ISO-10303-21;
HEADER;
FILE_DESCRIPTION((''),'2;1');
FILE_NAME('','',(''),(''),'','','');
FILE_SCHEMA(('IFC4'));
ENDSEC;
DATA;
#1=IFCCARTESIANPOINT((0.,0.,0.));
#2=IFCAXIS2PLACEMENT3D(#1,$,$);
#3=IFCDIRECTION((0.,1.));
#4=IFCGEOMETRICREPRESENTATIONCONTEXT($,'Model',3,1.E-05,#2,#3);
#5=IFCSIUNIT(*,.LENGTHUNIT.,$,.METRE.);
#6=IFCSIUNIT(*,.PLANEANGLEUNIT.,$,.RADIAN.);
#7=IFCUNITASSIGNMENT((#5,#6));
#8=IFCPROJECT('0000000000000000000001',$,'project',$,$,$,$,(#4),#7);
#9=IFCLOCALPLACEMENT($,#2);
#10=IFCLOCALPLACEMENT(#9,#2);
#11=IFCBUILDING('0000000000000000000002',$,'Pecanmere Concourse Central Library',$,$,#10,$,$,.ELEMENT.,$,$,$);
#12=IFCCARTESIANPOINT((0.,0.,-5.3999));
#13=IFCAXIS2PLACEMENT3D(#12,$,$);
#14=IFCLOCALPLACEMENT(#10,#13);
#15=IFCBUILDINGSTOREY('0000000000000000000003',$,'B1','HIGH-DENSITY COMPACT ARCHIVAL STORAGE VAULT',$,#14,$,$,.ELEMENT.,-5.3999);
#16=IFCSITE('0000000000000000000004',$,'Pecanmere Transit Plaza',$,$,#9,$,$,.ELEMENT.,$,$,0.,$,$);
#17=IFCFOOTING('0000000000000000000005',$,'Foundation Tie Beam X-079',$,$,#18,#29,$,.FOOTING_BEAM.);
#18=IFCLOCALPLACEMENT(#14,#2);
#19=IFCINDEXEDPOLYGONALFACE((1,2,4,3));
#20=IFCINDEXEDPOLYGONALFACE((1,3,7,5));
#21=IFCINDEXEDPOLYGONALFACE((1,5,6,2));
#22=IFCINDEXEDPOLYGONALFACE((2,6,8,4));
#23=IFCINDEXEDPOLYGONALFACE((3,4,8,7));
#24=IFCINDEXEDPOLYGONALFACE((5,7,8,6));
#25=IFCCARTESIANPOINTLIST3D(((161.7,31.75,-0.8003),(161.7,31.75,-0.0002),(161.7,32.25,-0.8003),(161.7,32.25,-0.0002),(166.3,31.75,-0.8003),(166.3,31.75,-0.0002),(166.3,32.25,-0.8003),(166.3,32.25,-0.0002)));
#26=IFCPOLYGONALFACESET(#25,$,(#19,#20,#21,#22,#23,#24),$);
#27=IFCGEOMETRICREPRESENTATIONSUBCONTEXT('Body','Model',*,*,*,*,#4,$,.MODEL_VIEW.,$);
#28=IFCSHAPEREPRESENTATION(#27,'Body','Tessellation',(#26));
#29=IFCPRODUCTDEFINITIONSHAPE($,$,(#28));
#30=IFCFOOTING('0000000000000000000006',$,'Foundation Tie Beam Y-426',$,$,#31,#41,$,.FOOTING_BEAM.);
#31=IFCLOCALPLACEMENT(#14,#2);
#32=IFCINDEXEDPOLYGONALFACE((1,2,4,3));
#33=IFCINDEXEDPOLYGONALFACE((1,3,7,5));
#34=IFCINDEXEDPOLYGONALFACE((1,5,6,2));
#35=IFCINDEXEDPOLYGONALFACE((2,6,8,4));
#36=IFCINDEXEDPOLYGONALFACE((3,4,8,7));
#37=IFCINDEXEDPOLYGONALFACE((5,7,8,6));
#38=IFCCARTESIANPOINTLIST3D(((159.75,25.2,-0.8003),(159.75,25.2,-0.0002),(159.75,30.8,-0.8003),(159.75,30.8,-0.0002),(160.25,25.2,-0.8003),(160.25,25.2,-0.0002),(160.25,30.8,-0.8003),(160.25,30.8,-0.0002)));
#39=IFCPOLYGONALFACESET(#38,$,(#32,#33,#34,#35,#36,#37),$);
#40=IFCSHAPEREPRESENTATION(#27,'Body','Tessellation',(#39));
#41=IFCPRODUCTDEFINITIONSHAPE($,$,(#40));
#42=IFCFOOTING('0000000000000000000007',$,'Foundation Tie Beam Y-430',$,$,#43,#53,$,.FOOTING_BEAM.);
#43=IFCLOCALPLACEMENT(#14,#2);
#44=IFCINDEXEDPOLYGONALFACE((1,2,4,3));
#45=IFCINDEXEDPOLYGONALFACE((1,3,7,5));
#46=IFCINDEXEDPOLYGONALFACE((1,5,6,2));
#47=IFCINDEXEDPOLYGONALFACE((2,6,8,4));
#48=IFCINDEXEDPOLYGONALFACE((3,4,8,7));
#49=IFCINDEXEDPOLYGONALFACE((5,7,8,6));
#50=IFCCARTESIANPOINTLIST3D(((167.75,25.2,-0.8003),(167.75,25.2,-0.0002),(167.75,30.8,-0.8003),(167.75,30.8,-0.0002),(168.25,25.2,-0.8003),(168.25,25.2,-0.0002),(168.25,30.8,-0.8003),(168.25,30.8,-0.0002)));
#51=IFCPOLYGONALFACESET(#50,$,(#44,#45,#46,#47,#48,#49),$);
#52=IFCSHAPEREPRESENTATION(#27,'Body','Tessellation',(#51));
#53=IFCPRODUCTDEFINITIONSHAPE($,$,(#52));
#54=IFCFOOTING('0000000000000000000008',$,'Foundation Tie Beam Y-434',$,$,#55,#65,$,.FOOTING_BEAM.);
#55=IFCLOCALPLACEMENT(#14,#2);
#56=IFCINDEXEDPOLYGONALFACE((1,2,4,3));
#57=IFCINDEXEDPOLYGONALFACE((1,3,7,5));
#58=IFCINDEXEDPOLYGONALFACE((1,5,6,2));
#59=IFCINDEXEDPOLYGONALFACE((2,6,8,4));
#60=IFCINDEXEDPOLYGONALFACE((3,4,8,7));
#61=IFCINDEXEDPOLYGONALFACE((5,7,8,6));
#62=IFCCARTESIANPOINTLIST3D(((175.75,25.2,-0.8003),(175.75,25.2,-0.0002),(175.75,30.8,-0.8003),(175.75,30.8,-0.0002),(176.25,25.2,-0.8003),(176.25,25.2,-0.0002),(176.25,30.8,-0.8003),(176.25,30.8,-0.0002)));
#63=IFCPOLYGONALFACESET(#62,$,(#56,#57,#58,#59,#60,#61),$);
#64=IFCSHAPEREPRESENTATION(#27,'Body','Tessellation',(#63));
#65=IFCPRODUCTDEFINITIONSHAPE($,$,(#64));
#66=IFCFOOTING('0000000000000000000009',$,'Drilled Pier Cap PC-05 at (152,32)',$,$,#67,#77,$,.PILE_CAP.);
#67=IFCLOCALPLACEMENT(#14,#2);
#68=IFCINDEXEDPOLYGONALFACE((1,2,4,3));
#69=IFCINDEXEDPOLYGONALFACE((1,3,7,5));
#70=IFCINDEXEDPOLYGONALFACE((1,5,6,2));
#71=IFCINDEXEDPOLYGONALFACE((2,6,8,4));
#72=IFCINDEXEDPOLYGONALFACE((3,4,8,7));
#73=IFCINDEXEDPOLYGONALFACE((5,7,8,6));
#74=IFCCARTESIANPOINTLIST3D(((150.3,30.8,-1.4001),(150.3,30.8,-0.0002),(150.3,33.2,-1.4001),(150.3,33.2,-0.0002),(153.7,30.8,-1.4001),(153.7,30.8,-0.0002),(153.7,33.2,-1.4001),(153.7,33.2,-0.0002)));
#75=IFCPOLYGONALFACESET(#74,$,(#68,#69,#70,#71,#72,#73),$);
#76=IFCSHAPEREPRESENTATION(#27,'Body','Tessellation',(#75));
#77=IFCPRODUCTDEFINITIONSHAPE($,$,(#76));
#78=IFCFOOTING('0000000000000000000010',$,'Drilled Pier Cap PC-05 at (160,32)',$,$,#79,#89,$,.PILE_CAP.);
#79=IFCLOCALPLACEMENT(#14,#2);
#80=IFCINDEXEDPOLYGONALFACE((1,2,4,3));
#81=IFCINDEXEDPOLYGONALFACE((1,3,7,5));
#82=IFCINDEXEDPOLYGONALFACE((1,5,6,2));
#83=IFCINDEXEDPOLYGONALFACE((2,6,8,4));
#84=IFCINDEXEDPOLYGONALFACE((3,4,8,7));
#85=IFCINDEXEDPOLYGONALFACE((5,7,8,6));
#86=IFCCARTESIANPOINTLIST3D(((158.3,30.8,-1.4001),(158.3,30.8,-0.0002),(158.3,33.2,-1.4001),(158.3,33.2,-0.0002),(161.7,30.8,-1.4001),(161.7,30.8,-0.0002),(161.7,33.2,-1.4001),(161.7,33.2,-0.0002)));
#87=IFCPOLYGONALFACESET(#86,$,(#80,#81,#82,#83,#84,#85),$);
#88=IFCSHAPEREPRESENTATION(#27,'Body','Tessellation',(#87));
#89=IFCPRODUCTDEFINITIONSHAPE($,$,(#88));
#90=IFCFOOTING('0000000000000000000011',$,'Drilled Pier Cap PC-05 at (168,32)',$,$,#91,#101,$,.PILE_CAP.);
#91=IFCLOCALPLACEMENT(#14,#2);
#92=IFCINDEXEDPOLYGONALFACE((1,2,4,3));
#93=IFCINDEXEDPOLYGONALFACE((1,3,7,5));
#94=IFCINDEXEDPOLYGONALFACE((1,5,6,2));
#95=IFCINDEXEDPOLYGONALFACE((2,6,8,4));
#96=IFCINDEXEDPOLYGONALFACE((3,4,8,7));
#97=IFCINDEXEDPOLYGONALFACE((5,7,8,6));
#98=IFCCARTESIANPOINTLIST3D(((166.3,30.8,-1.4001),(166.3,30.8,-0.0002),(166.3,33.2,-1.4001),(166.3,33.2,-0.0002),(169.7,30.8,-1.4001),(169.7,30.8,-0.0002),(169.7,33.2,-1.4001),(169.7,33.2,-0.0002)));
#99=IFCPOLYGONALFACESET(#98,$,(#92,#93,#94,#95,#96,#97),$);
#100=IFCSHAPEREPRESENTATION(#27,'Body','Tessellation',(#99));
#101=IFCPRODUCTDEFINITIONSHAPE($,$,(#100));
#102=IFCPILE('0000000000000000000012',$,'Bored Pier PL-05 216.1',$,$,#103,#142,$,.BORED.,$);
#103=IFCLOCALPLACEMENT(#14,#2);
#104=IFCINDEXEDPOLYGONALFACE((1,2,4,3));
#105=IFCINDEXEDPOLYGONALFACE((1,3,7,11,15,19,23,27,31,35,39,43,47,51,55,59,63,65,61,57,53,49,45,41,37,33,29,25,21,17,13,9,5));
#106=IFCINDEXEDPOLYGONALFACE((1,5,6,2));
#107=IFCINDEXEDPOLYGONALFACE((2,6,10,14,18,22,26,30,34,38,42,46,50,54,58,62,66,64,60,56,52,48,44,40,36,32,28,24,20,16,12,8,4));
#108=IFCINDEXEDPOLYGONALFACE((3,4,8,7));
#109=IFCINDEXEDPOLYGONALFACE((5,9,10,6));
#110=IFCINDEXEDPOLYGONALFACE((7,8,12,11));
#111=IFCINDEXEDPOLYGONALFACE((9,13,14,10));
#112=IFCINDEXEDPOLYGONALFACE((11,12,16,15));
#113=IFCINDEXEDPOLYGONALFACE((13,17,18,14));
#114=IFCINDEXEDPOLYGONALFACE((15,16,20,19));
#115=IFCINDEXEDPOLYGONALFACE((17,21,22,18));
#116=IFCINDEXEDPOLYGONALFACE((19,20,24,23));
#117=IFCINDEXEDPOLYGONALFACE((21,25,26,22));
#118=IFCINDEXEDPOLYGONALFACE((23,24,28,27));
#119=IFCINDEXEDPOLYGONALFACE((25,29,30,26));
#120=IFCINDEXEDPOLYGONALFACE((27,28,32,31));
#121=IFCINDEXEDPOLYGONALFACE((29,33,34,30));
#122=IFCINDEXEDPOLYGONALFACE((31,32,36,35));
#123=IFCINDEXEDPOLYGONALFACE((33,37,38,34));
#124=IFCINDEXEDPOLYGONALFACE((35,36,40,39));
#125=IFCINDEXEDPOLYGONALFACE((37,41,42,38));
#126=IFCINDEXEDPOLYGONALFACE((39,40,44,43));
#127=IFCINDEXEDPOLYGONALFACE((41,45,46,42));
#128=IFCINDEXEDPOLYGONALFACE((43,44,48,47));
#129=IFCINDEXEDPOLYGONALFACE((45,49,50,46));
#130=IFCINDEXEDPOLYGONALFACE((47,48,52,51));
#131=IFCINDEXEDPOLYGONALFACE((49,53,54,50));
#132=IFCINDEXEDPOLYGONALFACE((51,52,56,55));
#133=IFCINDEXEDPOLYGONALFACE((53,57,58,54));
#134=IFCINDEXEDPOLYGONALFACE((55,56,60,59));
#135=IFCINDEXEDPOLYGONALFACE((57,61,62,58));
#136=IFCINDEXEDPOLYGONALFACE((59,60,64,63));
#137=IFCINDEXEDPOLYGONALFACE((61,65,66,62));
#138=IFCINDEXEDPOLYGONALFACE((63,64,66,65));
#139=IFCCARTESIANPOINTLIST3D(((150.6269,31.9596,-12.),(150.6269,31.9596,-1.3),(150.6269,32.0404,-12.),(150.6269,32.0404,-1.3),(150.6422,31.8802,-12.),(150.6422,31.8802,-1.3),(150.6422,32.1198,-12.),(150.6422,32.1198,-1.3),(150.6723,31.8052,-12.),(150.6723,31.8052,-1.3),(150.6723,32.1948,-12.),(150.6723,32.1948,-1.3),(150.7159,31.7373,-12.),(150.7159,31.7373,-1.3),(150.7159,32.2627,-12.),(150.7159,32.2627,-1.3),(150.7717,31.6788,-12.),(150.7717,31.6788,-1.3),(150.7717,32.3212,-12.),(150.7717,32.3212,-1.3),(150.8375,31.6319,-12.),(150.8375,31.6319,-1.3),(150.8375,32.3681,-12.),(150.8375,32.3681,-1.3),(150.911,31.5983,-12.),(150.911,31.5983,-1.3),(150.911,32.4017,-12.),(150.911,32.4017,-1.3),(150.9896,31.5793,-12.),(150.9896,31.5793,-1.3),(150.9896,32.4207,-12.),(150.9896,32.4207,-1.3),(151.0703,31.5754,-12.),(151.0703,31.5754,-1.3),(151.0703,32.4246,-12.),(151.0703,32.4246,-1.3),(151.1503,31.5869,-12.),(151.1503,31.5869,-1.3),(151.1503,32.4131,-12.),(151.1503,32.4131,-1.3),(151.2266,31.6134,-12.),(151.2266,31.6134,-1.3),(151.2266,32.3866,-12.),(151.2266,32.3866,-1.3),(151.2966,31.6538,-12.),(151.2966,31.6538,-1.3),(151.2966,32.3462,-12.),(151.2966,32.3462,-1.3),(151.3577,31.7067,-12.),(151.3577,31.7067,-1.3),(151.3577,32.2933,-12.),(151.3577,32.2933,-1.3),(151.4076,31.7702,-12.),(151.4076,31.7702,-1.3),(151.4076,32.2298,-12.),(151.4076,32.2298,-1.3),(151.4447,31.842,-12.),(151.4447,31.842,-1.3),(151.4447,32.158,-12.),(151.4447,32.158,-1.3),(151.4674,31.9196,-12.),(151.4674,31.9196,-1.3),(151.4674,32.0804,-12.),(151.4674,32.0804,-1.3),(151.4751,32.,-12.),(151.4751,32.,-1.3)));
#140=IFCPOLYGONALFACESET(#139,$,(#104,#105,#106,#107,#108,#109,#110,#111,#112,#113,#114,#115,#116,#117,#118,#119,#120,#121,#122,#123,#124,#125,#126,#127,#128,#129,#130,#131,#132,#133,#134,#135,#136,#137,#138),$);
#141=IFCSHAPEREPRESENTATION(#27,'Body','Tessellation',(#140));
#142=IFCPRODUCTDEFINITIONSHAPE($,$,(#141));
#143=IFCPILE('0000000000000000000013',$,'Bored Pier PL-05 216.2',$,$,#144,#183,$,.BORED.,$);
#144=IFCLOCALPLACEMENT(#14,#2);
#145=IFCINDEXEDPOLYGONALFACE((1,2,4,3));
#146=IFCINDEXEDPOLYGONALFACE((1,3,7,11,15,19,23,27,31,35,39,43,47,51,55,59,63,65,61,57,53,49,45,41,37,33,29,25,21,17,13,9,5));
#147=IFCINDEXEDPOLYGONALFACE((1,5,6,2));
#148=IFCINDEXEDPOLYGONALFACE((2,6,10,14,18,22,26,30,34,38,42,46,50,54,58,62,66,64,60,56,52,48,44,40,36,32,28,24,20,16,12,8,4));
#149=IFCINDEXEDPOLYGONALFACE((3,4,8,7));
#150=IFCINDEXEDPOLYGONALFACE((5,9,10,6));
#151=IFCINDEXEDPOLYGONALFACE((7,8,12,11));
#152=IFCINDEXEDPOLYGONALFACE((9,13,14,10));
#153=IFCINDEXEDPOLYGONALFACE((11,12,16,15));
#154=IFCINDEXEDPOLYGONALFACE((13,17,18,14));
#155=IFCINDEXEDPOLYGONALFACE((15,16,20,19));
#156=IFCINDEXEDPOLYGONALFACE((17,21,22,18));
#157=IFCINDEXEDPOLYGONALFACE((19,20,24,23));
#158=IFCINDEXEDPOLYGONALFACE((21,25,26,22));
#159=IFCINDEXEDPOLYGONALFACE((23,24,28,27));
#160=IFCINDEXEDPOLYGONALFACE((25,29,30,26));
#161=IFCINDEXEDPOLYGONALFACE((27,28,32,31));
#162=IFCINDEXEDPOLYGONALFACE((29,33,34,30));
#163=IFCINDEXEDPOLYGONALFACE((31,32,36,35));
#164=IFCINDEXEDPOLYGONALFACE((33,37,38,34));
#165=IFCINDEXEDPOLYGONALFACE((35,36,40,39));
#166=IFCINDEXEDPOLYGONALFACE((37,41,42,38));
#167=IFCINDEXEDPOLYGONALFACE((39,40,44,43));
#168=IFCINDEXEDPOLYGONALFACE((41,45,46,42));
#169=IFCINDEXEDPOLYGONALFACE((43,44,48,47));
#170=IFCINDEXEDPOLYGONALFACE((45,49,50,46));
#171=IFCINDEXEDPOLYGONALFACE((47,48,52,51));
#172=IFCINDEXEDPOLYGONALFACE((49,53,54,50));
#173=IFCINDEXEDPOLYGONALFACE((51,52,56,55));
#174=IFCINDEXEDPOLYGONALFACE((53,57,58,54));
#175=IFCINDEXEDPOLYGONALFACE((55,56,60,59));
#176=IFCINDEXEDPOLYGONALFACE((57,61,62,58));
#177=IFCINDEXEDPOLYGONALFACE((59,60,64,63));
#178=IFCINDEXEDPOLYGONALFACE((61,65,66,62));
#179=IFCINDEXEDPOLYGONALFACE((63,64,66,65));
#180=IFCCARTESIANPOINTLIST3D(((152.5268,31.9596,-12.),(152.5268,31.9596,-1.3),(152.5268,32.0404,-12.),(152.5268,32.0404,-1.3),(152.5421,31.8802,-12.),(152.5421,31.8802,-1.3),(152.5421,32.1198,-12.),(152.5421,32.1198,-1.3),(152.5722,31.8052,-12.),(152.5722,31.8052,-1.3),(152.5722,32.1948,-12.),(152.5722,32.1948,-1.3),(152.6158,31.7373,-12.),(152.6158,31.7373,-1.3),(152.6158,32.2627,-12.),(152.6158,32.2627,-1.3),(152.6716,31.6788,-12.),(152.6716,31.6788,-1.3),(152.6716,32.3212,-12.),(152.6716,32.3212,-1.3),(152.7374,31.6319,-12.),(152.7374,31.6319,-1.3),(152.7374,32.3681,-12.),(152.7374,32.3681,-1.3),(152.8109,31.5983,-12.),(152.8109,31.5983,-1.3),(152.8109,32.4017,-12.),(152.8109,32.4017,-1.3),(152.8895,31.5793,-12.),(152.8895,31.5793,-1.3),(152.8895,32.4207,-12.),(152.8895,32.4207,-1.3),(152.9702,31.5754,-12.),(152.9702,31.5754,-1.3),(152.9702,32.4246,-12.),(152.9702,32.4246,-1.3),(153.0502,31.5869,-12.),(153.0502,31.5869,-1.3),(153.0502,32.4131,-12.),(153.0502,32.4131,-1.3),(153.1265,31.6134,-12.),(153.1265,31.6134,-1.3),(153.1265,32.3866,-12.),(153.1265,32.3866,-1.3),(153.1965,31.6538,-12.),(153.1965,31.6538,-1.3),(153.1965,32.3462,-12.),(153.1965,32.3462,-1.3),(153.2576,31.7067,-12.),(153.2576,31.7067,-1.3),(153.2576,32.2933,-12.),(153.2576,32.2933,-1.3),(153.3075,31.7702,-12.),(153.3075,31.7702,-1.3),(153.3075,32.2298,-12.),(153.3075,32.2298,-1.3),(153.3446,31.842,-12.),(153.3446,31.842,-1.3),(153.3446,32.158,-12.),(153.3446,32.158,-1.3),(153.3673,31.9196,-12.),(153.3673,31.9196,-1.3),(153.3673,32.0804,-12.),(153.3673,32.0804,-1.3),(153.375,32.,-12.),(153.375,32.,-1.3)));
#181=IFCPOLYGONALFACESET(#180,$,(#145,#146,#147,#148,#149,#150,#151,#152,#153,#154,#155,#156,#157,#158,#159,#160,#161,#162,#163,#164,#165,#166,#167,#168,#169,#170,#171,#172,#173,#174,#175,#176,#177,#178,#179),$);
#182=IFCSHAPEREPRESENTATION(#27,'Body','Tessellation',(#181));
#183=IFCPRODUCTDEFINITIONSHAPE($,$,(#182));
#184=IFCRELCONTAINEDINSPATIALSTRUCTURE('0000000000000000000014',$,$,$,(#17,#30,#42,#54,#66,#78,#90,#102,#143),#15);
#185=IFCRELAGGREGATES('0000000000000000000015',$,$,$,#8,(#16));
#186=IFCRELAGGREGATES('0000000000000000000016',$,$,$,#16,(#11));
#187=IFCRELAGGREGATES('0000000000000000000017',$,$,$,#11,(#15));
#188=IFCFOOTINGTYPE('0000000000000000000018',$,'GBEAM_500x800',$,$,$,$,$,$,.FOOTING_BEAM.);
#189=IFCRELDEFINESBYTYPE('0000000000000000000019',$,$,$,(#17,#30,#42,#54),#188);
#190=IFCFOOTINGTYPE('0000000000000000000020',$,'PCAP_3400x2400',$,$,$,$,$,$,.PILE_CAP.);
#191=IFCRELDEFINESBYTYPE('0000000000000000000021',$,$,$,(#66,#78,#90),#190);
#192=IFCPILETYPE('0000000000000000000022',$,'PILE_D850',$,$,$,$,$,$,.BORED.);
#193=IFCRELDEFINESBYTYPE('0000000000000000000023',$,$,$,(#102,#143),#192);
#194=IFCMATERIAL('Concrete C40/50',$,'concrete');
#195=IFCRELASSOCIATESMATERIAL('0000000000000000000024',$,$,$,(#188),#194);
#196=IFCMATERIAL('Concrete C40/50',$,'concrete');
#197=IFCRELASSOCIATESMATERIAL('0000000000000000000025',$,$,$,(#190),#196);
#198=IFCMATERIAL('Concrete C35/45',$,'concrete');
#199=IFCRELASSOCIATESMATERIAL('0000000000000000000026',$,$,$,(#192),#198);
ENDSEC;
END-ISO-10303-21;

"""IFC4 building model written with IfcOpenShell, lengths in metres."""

from ifc_helpers import new_model, si_unit, direction, frame, origin, origin_2d, place, context, subcontext, project, spatial, rectangle, circle, extrude, material, material_profile, profile_set, type_object, element, save


model = new_model("IFC4")

# Units and contexts
model_context = context("Model", 3, precision=1e-05, world=origin(), true_north=direction((0.0, 1.0)))
body_context = subcontext(model_context, "Body", "Model", "MODEL_VIEW")
ifc_project = project(units=[si_unit("LENGTHUNIT", "METRE"), si_unit("PLANEANGLEUNIT", "RADIAN")], contexts=[model_context])

# Site, building, storey
site_placement = place(None, origin())
site = spatial("IfcSite", under=ifc_project, at=site_placement, Name="Pecanmere Transit Plaza", CompositionType="ELEMENT", RefElevation=0.0)
building_placement = place(site_placement, origin())
building = spatial("IfcBuilding", under=site, at=building_placement, Name="Pecanmere Concourse Central Library", CompositionType="ELEMENT")
storey_placement = place(building_placement, frame((0.0, 0.0, -5.3999)))
storey = spatial("IfcBuildingStorey", under=building, at=storey_placement, Name="B1", Description="HIGH-DENSITY COMPACT ARCHIVAL STORAGE VAULT", CompositionType="ELEMENT", Elevation=-5.3999)

# Footings
ifc_material_1 = material(Name="Concrete C40/50", Category="concrete")
ifc_material_profile_1 = material_profile(ifc_material_1, rectangle(XDim=0.5, YDim=0.8, at=origin_2d()), Name="RC 500x800")
ifc_profile_set_1 = profile_set([ifc_material_profile_1], Name="Concrete C40/50")
footing_type_1 = type_object("IfcFootingType", Name="GBEAM_500x800", PredefinedType="FOOTING_BEAM", material=ifc_profile_set_1)
footing_1_placement = place(storey_placement, frame((164.0, 32.0, -0.8003), z_axis=(0.0, 0.0, 1.0), x_axis=(1.0, 0.0, 0.0)))
element("IfcFooting", 1, at=footing_1_placement, inside=storey, type_object=footing_type_1, Name="Foundation Tie Beam X-079", PredefinedType="FOOTING_BEAM", context=body_context, shape_type="SweptSolid", body=[
    extrude(rectangle(XDim=4.6001, YDim=0.5, at=origin_2d()), origin(), (0.0, 0.0, 1.0), 0.8),
])
for number, where, z_axis, x_axis, name in (
    (2, (160.0, 28.0, -0.8003), (0.0, 0.0, 1.0), (0.0, 1.0, 0.0), "Foundation Tie Beam Y-426"),
    (3, (168.0, 28.0, -0.8003), (0.0, 0.0, 1.0), (0.0, 1.0, 0.0), "Foundation Tie Beam Y-430"),
    (4, (176.0, 28.0, -0.8003), (0.0, 0.0, 1.0), (0.0, 1.0, 0.0), "Foundation Tie Beam Y-434"),
):
    element("IfcFooting", number, at=place(storey_placement, frame(where, z_axis=z_axis, x_axis=x_axis)), inside=storey, type_object=footing_type_1, Name=name, PredefinedType="FOOTING_BEAM", context=body_context, shape_type="SweptSolid", body=[
        extrude(rectangle(XDim=5.6001, YDim=0.5, at=origin_2d()), origin(), (0.0, 0.0, 1.0), 0.8),
    ])
ifc_material_2 = material(Name="Concrete C40/50", Category="concrete")
footing_type_2 = type_object("IfcFootingType", Name="PCAP_3400x2400", PredefinedType="PILE_CAP", material=ifc_material_2)
for number, where, z_axis, x_axis, name in (
    (5, (152.0, 32.0, -1.4001), (0.0, 0.0, 1.0), (1.0, 0.0, 0.0), "Drilled Pier Cap PC-05 at (152,32)"),
    (6, (160.0, 32.0, -1.4001), (0.0, 0.0, 1.0), (1.0, 0.0, 0.0), "Drilled Pier Cap PC-05 at (160,32)"),
    (7, (168.0, 32.0, -1.4001), (0.0, 0.0, 1.0), (1.0, 0.0, 0.0), "Drilled Pier Cap PC-05 at (168,32)"),
):
    element("IfcFooting", number, at=place(storey_placement, frame(where, z_axis=z_axis, x_axis=x_axis)), inside=storey, type_object=footing_type_2, Name=name, PredefinedType="PILE_CAP", context=body_context, shape_type="SweptSolid", body=[
        extrude(rectangle(XDim=3.3999, YDim=2.3999, at=origin_2d()), origin(), (0.0, 0.0, 1.0), 1.3999),
    ])

# Piles
ifc_material_3 = material(Name="Concrete C35/45", Category="concrete")
ifc_material_profile_2 = material_profile(ifc_material_3, circle(Radius=0.425, at=origin_2d()), Name="PIER D850")
ifc_profile_set_2 = profile_set([ifc_material_profile_2], Name="Concrete C35/45")
pile_type = type_object("IfcPileType", Name="PILE_D850", PredefinedType="BORED", material=ifc_profile_set_2)
for number, where, z_axis, x_axis, name in (
    (8, (151.05, 32.0, -1.3), (0.0, 0.0, -1.0), (1.0, 0.0, 0.0), "Bored Pier PL-05 216.1"),
    (9, (152.95, 32.0, -1.3), (0.0, 0.0, -1.0), (1.0, 0.0, 0.0), "Bored Pier PL-05 216.2"),
):
    element("IfcPile", number, at=place(storey_placement, frame(where, z_axis=z_axis, x_axis=x_axis)), inside=storey, type_object=pile_type, Name=name, PredefinedType="BORED", context=body_context, shape_type="SweptSolid", body=[
        extrude(circle(Radius=0.425, at=origin_2d()), origin(), (0.0, 0.0, 1.0), 10.7),
    ])

save(model, "model.ifc")
